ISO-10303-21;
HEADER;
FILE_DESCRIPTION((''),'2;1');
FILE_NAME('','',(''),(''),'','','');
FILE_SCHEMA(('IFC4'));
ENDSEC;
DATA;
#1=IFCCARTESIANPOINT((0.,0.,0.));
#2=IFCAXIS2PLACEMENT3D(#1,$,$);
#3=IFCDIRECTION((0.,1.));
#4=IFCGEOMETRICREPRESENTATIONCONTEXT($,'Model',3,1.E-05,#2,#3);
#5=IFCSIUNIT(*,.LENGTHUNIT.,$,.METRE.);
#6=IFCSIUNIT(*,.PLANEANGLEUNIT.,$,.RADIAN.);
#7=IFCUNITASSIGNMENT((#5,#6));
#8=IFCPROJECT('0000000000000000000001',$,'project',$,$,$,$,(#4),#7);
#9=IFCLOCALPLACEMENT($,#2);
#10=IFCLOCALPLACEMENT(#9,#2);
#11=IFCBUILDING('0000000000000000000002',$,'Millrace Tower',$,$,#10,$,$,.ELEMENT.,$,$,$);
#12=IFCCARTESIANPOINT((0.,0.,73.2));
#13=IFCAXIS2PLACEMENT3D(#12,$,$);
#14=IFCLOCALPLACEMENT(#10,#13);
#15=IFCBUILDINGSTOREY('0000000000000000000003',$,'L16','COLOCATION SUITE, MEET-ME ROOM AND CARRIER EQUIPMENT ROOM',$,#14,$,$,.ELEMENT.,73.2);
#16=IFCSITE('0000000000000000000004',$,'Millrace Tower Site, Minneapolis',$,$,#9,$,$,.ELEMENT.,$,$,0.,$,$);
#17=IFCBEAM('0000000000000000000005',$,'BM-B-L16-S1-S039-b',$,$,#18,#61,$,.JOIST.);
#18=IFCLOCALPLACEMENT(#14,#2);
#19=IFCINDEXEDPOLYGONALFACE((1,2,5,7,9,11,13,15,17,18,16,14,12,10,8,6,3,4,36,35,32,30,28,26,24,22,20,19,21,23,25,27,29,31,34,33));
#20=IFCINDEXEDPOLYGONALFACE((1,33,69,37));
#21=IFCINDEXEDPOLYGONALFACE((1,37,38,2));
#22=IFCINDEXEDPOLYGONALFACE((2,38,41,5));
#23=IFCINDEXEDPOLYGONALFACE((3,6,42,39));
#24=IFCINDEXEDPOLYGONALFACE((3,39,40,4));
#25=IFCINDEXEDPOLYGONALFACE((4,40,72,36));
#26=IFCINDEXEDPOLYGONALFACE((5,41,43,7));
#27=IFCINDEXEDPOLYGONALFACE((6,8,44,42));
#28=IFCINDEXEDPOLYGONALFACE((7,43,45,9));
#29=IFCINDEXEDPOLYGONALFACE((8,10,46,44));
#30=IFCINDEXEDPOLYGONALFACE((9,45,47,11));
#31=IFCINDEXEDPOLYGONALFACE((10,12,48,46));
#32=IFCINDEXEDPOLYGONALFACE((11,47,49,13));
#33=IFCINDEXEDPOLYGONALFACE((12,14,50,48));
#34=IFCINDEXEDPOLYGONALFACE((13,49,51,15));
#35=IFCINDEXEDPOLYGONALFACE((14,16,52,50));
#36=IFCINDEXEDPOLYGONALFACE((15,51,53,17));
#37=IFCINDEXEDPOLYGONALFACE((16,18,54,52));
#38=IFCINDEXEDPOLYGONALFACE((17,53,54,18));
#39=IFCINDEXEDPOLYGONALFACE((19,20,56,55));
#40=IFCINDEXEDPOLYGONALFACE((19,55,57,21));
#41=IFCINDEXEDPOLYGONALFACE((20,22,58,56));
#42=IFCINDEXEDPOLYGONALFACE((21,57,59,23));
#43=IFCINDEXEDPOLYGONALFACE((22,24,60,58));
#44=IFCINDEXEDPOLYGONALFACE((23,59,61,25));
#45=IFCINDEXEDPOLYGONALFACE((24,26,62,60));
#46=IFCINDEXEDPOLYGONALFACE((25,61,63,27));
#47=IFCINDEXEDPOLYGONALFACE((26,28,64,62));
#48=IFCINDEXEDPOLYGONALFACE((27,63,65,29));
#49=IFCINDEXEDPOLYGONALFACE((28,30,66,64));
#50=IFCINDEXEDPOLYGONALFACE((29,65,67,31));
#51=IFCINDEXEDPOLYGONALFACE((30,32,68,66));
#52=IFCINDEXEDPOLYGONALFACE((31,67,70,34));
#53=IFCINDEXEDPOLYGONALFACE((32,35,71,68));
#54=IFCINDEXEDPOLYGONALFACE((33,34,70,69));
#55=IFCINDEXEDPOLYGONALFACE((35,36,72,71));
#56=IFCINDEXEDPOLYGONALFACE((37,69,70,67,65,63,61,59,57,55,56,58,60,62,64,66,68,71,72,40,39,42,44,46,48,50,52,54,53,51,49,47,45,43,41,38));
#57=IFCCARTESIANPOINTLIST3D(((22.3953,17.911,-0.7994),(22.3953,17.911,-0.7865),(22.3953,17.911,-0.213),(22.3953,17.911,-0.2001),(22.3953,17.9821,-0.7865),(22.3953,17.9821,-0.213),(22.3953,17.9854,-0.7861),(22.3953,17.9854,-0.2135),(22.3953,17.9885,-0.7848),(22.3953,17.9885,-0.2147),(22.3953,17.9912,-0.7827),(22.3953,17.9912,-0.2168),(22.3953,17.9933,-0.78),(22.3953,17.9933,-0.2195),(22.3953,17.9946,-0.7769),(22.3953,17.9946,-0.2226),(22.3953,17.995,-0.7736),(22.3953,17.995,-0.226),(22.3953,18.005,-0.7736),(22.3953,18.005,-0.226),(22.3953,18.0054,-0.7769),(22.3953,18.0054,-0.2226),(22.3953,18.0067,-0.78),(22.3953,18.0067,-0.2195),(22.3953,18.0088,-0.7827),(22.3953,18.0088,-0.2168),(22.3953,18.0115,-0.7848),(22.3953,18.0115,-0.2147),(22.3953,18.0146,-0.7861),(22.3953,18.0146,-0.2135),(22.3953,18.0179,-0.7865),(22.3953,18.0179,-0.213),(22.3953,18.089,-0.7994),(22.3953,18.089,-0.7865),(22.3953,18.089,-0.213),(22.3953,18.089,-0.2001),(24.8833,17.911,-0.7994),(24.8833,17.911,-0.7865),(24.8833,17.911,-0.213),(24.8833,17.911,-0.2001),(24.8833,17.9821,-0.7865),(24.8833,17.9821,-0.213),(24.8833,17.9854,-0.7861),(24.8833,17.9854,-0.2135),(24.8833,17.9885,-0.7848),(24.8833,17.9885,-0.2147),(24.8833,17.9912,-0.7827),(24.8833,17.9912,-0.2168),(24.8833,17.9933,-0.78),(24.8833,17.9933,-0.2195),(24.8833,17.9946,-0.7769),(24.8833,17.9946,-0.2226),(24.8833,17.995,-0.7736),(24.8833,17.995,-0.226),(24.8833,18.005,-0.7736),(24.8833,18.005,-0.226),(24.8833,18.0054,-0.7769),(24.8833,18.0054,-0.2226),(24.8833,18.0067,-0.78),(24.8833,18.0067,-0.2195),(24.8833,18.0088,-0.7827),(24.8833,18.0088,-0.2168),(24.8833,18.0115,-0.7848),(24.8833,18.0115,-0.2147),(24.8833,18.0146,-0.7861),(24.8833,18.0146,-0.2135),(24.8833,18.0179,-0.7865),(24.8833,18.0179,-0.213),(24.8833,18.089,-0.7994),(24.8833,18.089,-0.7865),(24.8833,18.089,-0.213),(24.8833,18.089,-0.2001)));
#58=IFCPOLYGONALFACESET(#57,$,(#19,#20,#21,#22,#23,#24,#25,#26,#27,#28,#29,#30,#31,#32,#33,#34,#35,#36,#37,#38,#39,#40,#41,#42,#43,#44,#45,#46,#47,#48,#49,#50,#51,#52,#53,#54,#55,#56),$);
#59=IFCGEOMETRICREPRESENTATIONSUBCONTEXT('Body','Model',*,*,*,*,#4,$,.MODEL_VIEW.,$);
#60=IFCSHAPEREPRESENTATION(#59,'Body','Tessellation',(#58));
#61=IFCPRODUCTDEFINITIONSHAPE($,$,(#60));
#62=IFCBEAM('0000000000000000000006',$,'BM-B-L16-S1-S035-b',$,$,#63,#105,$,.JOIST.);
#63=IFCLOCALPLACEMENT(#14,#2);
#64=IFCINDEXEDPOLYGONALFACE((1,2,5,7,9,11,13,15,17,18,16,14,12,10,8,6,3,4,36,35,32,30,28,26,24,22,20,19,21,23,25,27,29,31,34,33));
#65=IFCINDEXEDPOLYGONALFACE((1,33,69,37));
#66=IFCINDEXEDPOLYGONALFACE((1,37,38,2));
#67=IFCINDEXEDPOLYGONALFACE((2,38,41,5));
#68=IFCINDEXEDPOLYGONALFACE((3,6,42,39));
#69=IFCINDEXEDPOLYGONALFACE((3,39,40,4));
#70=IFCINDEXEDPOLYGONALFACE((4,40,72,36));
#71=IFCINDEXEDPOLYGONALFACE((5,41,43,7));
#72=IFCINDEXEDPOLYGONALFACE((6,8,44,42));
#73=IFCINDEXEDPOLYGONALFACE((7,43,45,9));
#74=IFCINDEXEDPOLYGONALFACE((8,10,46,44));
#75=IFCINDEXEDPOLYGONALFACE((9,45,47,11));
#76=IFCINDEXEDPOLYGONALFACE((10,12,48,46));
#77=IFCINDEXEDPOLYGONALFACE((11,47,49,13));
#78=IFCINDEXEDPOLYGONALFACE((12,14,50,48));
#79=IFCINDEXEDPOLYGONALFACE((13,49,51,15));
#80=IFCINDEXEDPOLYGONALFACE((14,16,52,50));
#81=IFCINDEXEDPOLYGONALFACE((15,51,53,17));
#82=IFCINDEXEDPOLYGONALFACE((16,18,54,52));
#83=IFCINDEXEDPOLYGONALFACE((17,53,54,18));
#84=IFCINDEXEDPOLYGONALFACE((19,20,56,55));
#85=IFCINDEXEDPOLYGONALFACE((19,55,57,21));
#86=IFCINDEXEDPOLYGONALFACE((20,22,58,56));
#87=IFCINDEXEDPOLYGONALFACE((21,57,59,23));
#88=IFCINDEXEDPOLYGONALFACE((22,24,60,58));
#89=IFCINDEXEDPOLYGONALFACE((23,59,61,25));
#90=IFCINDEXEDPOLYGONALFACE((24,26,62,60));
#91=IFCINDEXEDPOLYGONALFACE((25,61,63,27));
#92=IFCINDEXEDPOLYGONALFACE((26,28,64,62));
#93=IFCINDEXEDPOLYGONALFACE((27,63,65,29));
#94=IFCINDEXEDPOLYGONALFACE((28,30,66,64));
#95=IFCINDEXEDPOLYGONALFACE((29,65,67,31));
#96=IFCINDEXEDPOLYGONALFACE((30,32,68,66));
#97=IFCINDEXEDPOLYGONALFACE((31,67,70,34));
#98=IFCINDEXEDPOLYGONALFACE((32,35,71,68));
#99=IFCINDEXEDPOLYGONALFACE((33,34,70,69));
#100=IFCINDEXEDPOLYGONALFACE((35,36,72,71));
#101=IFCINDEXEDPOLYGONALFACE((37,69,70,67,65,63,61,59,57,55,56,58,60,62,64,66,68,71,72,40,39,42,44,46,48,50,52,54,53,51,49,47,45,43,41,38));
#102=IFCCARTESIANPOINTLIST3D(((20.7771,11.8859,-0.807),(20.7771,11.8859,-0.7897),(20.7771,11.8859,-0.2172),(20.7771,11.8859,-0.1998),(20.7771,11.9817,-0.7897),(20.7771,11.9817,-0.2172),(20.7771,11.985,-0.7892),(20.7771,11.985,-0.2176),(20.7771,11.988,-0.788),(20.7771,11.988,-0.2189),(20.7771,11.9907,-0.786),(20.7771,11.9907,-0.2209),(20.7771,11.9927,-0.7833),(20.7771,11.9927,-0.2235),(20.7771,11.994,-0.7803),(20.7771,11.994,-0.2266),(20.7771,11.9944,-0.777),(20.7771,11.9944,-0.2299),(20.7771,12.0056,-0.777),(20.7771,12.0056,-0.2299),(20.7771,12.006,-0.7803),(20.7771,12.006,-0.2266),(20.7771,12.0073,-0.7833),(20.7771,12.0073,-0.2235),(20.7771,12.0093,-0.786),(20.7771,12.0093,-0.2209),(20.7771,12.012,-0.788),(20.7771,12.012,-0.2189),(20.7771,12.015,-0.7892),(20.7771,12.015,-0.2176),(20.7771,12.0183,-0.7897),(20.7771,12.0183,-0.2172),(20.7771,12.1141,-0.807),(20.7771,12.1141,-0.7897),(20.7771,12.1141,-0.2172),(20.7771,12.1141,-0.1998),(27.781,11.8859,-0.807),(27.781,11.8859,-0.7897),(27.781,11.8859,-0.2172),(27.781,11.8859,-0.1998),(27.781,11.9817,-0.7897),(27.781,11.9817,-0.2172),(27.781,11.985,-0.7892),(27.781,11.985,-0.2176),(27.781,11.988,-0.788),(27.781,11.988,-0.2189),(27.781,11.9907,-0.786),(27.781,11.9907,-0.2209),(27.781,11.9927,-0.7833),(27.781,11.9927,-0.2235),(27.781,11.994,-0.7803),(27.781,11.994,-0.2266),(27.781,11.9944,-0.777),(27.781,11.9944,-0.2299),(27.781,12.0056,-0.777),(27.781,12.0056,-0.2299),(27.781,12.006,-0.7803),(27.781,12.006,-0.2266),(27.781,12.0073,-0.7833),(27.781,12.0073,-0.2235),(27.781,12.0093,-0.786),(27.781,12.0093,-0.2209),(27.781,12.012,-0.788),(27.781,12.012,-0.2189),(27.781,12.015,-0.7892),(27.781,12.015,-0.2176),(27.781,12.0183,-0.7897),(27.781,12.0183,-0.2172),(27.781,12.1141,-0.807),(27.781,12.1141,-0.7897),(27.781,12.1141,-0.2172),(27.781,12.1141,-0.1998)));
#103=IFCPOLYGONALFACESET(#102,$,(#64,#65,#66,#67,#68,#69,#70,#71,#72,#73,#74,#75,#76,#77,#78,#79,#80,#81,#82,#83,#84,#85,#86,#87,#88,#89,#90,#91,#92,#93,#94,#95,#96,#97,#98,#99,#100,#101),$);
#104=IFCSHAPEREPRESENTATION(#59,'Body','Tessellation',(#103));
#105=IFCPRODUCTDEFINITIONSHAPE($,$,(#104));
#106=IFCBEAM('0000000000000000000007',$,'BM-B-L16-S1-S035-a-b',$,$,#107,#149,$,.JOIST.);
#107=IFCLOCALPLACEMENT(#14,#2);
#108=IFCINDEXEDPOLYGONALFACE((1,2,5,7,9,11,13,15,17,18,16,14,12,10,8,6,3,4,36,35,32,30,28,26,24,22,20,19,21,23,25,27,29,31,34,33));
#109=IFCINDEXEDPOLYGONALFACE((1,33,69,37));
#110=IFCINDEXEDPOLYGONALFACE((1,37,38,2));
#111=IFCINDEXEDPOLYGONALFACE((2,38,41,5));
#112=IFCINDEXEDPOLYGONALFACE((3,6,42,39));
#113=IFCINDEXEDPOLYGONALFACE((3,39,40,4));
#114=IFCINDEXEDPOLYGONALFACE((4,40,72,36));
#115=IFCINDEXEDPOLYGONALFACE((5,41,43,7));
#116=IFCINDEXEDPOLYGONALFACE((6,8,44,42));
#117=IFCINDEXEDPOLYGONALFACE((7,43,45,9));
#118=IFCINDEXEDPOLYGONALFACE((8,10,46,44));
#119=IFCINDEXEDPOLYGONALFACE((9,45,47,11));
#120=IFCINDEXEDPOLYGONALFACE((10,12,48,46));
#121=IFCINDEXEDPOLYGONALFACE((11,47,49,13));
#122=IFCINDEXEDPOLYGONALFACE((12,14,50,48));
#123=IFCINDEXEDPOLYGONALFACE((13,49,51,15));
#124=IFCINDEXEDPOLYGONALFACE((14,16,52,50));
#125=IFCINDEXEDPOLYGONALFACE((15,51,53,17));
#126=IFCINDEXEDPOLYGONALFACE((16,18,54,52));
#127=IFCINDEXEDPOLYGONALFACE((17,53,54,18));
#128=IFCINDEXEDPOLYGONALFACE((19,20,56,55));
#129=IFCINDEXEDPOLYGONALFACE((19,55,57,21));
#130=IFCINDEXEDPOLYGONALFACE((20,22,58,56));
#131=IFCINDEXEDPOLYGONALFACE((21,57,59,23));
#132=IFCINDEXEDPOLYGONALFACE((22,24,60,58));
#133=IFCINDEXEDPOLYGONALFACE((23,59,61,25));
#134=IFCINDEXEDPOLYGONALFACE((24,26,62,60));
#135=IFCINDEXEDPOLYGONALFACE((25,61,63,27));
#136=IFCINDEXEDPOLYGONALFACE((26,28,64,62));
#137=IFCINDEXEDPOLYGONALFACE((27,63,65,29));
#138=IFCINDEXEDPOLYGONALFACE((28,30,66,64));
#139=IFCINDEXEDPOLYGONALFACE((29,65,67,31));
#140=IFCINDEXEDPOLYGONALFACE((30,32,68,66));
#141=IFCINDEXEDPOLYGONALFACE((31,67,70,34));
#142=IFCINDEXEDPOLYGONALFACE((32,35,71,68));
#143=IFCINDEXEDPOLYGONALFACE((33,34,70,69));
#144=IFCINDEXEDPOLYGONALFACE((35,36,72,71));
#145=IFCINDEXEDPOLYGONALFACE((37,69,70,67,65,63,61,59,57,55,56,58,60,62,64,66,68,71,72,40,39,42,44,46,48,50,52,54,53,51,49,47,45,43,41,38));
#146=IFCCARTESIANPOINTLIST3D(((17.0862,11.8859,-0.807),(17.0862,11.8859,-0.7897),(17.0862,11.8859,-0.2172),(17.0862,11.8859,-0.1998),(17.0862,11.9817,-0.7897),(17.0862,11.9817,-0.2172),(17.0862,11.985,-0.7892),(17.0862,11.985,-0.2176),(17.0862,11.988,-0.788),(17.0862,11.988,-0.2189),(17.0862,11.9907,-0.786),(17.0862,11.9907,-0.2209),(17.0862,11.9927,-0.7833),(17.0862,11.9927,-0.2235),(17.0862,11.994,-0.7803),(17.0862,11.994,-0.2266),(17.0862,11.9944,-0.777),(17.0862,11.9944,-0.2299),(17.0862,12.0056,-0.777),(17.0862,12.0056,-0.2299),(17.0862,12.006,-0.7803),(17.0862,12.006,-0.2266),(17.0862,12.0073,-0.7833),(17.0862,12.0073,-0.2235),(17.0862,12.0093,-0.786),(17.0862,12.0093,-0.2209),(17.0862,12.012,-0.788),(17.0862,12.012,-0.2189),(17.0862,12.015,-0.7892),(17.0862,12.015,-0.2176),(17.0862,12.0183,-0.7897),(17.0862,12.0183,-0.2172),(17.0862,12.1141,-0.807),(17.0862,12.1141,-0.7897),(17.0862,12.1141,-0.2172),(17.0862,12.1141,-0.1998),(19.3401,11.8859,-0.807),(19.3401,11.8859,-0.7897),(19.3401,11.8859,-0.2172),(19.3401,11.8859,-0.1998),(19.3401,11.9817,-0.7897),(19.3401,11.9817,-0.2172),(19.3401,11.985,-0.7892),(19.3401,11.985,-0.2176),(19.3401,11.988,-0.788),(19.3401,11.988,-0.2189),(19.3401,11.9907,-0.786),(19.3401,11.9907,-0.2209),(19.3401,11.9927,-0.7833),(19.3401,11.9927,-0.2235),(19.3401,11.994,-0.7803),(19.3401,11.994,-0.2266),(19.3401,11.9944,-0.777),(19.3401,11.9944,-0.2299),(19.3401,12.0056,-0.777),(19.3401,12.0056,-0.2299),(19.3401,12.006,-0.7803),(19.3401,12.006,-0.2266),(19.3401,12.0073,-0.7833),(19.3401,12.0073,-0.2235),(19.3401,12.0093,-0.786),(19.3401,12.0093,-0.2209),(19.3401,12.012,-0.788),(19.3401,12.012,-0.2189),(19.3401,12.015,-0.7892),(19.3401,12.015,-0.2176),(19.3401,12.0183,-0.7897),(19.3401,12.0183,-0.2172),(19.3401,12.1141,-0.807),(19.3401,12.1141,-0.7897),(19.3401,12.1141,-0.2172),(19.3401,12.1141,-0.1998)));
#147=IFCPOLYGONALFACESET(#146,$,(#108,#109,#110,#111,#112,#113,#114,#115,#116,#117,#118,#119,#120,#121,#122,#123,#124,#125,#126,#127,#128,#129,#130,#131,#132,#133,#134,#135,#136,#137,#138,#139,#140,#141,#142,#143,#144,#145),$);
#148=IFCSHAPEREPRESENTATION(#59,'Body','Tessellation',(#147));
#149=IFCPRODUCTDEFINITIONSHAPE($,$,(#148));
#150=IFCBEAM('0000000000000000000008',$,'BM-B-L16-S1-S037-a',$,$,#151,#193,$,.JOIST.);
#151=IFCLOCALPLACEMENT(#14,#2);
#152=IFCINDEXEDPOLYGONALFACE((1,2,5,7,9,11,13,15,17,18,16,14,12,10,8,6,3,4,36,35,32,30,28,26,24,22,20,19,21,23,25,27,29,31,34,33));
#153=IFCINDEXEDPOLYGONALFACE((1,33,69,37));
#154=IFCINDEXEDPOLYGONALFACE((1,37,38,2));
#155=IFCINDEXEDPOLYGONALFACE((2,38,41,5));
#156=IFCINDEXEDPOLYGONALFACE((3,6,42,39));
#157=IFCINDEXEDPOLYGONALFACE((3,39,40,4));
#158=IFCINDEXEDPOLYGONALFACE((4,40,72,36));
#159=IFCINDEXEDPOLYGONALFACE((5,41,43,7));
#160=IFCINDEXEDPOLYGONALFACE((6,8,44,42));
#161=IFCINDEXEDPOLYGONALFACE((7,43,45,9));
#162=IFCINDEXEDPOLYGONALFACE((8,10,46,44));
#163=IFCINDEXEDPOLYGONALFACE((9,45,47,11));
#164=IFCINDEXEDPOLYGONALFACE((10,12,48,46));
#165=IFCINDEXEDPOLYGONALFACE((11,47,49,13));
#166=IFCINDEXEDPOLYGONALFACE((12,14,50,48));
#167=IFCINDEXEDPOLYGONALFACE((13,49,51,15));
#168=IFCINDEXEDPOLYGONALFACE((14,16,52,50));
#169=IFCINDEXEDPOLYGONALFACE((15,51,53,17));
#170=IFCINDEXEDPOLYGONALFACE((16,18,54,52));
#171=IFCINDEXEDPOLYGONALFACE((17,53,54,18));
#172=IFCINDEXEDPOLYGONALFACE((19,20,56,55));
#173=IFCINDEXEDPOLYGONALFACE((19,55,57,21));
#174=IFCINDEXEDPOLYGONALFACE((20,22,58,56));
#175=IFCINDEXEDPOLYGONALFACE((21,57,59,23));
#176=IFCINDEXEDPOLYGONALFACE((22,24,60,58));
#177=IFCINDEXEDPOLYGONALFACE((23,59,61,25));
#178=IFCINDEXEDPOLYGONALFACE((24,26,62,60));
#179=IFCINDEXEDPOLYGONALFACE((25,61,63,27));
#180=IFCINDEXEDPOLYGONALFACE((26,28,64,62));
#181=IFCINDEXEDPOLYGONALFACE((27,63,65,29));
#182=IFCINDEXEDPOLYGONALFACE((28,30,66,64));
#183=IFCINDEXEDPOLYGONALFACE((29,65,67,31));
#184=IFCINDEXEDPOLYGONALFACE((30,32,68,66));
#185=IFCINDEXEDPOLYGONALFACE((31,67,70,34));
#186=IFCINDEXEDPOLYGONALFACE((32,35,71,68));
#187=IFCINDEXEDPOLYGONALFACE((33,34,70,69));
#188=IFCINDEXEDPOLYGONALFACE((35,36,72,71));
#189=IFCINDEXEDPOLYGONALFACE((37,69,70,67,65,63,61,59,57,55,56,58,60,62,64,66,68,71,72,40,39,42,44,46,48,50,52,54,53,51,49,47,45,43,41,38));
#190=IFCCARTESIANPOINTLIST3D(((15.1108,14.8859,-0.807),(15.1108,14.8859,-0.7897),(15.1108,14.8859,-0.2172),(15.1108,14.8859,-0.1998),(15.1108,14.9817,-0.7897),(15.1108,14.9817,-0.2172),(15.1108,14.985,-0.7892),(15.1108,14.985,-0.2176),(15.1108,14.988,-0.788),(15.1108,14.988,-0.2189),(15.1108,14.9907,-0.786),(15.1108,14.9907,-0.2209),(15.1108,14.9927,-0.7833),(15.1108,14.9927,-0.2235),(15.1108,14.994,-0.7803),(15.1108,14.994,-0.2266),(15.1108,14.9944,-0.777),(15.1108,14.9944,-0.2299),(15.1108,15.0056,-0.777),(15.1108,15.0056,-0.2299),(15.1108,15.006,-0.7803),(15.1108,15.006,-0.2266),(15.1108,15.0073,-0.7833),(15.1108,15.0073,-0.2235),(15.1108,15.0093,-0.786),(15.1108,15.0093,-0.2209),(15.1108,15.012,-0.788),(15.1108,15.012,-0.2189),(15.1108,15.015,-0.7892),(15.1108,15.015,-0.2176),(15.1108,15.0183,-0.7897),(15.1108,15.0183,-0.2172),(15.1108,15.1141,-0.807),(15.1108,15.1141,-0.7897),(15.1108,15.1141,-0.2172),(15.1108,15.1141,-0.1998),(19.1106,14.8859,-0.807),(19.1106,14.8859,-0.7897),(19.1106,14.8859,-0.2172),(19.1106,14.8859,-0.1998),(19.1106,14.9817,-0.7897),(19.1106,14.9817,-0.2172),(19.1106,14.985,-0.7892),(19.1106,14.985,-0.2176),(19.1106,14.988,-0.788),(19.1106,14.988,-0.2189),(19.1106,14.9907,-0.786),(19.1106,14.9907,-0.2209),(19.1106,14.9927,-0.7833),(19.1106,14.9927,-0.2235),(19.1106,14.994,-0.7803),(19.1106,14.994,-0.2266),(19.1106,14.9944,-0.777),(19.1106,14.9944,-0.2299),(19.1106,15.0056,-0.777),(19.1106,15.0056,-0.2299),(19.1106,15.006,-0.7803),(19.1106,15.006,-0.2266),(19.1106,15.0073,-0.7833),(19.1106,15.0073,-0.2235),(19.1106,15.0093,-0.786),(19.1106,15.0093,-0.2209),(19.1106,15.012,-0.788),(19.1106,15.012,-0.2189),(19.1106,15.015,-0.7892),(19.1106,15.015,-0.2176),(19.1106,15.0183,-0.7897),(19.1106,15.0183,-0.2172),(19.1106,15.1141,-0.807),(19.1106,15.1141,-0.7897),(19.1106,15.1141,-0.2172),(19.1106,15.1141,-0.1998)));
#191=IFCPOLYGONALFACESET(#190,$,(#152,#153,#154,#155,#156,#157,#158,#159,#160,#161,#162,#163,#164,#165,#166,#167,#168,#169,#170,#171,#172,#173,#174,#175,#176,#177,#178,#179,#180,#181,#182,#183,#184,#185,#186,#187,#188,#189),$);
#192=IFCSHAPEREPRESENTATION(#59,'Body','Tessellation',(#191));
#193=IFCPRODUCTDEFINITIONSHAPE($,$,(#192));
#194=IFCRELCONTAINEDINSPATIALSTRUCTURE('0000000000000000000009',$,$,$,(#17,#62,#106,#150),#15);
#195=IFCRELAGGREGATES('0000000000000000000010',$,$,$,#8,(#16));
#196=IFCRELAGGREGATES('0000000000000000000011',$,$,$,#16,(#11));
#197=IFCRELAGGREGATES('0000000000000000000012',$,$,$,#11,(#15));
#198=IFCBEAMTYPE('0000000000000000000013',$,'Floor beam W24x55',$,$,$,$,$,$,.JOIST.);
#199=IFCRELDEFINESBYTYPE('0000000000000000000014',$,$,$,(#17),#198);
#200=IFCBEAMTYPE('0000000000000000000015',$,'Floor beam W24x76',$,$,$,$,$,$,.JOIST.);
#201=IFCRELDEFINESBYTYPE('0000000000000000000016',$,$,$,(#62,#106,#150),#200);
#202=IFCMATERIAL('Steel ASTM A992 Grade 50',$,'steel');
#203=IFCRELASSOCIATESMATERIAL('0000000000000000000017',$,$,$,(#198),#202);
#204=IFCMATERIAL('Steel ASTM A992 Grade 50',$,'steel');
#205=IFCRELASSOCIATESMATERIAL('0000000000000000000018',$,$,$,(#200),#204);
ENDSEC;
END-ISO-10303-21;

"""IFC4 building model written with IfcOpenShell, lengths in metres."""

from ifc_helpers import new_model, si_unit, direction, frame, origin, origin_2d, place, context, subcontext, project, spatial, i_section, extrude, material, material_profile, profile_set, type_object, element, save


model = new_model("IFC4")

# Units and contexts
model_context = context("Model", 3, precision=1e-05, world=origin(), true_north=direction((0.0, 1.0)))
body_context = subcontext(model_context, "Body", "Model", "MODEL_VIEW")
ifc_project = project(units=[si_unit("LENGTHUNIT", "METRE"), si_unit("PLANEANGLEUNIT", "RADIAN")], contexts=[model_context])

# Site, building, storey
site_placement = place(None, origin())
site = spatial("IfcSite", under=ifc_project, at=site_placement, Name="Millrace Tower Site, Minneapolis", CompositionType="ELEMENT", RefElevation=0.0)
building_placement = place(site_placement, origin())
building = spatial("IfcBuilding", under=site, at=building_placement, Name="Millrace Tower", CompositionType="ELEMENT")
storey_placement = place(building_placement, frame((0.0, 0.0, 73.2)))
storey = spatial("IfcBuildingStorey", under=building, at=storey_placement, Name="L16", Description="COLOCATION SUITE, MEET-ME ROOM AND CARRIER EQUIPMENT ROOM", CompositionType="ELEMENT", Elevation=73.2)

# Beams
ifc_material_1 = material(Name="Steel ASTM A992 Grade 50", Category="steel")
ifc_material_profile_1 = material_profile(ifc_material_1, i_section(OverallWidth=0.178, OverallDepth=0.5994, WebThickness=0.01, FlangeThickness=0.0129, FilletRadius=0.0129, at=origin_2d()))
ifc_profile_set_1 = profile_set([ifc_material_profile_1], Name="Steel ASTM A992 Grade 50")
beam_type_1 = type_object("IfcBeamType", Name="Floor beam W24x55", PredefinedType="JOIST", material=ifc_profile_set_1)
beam_1_placement = place(storey_placement, frame((22.3953, 18.0, -0.4998), z_axis=(1.0, 0.0, 0.0), x_axis=(0.0, 1.0, 0.0)))
element("IfcBeam", 1, at=beam_1_placement, inside=storey, type_object=beam_type_1, Name="BM-B-L16-S1-S039-b", PredefinedType="JOIST", context=body_context, shape_type="SweptSolid", body=[
    extrude(i_section(OverallWidth=0.178, OverallDepth=0.5994, WebThickness=0.01, FlangeThickness=0.0129, FilletRadius=0.0129, at=origin_2d()), origin(), (0.0, 0.0, 1.0), 2.488),
])
ifc_material_2 = material(Name="Steel ASTM A992 Grade 50", Category="steel")
ifc_material_profile_2 = material_profile(ifc_material_2, i_section(OverallWidth=0.2283, OverallDepth=0.6072, WebThickness=0.0112, FlangeThickness=0.0173, FilletRadius=0.0127, at=origin_2d()))
ifc_profile_set_2 = profile_set([ifc_material_profile_2], Name="Steel ASTM A992 Grade 50")
beam_type_2 = type_object("IfcBeamType", Name="Floor beam W24x76", PredefinedType="JOIST", material=ifc_profile_set_2)
beam_2_placement = place(storey_placement, frame((20.7771, 12.0, -0.5034), z_axis=(1.0, 0.0, 0.0), x_axis=(0.0, 1.0, 0.0)))
element("IfcBeam", 2, at=beam_2_placement, inside=storey, type_object=beam_type_2, Name="BM-B-L16-S1-S035-b", PredefinedType="JOIST", context=body_context, shape_type="SweptSolid", body=[
    extrude(i_section(OverallWidth=0.2283, OverallDepth=0.6072, WebThickness=0.0112, FlangeThickness=0.0173, FilletRadius=0.0127, at=origin_2d()), origin(), (0.0, 0.0, 1.0), 7.0039),
])
beam_3_placement = place(storey_placement, frame((17.0862, 12.0, -0.5034), z_axis=(1.0, 0.0, 0.0), x_axis=(0.0, 1.0, 0.0)))
element("IfcBeam", 3, at=beam_3_placement, inside=storey, type_object=beam_type_2, Name="BM-B-L16-S1-S035-a-b", PredefinedType="JOIST", context=body_context, shape_type="SweptSolid", body=[
    extrude(i_section(OverallWidth=0.2283, OverallDepth=0.6072, WebThickness=0.0112, FlangeThickness=0.0173, FilletRadius=0.0127, at=origin_2d()), origin(), (0.0, 0.0, 1.0), 2.2539),
])
beam_4_placement = place(storey_placement, frame((15.1108, 15.0, -0.5034), z_axis=(1.0, 0.0, 0.0), x_axis=(0.0, 1.0, 0.0)))
element("IfcBeam", 4, at=beam_4_placement, inside=storey, type_object=beam_type_2, Name="BM-B-L16-S1-S037-a", PredefinedType="JOIST", context=body_context, shape_type="SweptSolid", body=[
    extrude(i_section(OverallWidth=0.2283, OverallDepth=0.6072, WebThickness=0.0112, FlangeThickness=0.0173, FilletRadius=0.0127, at=origin_2d()), origin(), (0.0, 0.0, 1.0), 3.9998),
])

save(model, "model.ifc")
